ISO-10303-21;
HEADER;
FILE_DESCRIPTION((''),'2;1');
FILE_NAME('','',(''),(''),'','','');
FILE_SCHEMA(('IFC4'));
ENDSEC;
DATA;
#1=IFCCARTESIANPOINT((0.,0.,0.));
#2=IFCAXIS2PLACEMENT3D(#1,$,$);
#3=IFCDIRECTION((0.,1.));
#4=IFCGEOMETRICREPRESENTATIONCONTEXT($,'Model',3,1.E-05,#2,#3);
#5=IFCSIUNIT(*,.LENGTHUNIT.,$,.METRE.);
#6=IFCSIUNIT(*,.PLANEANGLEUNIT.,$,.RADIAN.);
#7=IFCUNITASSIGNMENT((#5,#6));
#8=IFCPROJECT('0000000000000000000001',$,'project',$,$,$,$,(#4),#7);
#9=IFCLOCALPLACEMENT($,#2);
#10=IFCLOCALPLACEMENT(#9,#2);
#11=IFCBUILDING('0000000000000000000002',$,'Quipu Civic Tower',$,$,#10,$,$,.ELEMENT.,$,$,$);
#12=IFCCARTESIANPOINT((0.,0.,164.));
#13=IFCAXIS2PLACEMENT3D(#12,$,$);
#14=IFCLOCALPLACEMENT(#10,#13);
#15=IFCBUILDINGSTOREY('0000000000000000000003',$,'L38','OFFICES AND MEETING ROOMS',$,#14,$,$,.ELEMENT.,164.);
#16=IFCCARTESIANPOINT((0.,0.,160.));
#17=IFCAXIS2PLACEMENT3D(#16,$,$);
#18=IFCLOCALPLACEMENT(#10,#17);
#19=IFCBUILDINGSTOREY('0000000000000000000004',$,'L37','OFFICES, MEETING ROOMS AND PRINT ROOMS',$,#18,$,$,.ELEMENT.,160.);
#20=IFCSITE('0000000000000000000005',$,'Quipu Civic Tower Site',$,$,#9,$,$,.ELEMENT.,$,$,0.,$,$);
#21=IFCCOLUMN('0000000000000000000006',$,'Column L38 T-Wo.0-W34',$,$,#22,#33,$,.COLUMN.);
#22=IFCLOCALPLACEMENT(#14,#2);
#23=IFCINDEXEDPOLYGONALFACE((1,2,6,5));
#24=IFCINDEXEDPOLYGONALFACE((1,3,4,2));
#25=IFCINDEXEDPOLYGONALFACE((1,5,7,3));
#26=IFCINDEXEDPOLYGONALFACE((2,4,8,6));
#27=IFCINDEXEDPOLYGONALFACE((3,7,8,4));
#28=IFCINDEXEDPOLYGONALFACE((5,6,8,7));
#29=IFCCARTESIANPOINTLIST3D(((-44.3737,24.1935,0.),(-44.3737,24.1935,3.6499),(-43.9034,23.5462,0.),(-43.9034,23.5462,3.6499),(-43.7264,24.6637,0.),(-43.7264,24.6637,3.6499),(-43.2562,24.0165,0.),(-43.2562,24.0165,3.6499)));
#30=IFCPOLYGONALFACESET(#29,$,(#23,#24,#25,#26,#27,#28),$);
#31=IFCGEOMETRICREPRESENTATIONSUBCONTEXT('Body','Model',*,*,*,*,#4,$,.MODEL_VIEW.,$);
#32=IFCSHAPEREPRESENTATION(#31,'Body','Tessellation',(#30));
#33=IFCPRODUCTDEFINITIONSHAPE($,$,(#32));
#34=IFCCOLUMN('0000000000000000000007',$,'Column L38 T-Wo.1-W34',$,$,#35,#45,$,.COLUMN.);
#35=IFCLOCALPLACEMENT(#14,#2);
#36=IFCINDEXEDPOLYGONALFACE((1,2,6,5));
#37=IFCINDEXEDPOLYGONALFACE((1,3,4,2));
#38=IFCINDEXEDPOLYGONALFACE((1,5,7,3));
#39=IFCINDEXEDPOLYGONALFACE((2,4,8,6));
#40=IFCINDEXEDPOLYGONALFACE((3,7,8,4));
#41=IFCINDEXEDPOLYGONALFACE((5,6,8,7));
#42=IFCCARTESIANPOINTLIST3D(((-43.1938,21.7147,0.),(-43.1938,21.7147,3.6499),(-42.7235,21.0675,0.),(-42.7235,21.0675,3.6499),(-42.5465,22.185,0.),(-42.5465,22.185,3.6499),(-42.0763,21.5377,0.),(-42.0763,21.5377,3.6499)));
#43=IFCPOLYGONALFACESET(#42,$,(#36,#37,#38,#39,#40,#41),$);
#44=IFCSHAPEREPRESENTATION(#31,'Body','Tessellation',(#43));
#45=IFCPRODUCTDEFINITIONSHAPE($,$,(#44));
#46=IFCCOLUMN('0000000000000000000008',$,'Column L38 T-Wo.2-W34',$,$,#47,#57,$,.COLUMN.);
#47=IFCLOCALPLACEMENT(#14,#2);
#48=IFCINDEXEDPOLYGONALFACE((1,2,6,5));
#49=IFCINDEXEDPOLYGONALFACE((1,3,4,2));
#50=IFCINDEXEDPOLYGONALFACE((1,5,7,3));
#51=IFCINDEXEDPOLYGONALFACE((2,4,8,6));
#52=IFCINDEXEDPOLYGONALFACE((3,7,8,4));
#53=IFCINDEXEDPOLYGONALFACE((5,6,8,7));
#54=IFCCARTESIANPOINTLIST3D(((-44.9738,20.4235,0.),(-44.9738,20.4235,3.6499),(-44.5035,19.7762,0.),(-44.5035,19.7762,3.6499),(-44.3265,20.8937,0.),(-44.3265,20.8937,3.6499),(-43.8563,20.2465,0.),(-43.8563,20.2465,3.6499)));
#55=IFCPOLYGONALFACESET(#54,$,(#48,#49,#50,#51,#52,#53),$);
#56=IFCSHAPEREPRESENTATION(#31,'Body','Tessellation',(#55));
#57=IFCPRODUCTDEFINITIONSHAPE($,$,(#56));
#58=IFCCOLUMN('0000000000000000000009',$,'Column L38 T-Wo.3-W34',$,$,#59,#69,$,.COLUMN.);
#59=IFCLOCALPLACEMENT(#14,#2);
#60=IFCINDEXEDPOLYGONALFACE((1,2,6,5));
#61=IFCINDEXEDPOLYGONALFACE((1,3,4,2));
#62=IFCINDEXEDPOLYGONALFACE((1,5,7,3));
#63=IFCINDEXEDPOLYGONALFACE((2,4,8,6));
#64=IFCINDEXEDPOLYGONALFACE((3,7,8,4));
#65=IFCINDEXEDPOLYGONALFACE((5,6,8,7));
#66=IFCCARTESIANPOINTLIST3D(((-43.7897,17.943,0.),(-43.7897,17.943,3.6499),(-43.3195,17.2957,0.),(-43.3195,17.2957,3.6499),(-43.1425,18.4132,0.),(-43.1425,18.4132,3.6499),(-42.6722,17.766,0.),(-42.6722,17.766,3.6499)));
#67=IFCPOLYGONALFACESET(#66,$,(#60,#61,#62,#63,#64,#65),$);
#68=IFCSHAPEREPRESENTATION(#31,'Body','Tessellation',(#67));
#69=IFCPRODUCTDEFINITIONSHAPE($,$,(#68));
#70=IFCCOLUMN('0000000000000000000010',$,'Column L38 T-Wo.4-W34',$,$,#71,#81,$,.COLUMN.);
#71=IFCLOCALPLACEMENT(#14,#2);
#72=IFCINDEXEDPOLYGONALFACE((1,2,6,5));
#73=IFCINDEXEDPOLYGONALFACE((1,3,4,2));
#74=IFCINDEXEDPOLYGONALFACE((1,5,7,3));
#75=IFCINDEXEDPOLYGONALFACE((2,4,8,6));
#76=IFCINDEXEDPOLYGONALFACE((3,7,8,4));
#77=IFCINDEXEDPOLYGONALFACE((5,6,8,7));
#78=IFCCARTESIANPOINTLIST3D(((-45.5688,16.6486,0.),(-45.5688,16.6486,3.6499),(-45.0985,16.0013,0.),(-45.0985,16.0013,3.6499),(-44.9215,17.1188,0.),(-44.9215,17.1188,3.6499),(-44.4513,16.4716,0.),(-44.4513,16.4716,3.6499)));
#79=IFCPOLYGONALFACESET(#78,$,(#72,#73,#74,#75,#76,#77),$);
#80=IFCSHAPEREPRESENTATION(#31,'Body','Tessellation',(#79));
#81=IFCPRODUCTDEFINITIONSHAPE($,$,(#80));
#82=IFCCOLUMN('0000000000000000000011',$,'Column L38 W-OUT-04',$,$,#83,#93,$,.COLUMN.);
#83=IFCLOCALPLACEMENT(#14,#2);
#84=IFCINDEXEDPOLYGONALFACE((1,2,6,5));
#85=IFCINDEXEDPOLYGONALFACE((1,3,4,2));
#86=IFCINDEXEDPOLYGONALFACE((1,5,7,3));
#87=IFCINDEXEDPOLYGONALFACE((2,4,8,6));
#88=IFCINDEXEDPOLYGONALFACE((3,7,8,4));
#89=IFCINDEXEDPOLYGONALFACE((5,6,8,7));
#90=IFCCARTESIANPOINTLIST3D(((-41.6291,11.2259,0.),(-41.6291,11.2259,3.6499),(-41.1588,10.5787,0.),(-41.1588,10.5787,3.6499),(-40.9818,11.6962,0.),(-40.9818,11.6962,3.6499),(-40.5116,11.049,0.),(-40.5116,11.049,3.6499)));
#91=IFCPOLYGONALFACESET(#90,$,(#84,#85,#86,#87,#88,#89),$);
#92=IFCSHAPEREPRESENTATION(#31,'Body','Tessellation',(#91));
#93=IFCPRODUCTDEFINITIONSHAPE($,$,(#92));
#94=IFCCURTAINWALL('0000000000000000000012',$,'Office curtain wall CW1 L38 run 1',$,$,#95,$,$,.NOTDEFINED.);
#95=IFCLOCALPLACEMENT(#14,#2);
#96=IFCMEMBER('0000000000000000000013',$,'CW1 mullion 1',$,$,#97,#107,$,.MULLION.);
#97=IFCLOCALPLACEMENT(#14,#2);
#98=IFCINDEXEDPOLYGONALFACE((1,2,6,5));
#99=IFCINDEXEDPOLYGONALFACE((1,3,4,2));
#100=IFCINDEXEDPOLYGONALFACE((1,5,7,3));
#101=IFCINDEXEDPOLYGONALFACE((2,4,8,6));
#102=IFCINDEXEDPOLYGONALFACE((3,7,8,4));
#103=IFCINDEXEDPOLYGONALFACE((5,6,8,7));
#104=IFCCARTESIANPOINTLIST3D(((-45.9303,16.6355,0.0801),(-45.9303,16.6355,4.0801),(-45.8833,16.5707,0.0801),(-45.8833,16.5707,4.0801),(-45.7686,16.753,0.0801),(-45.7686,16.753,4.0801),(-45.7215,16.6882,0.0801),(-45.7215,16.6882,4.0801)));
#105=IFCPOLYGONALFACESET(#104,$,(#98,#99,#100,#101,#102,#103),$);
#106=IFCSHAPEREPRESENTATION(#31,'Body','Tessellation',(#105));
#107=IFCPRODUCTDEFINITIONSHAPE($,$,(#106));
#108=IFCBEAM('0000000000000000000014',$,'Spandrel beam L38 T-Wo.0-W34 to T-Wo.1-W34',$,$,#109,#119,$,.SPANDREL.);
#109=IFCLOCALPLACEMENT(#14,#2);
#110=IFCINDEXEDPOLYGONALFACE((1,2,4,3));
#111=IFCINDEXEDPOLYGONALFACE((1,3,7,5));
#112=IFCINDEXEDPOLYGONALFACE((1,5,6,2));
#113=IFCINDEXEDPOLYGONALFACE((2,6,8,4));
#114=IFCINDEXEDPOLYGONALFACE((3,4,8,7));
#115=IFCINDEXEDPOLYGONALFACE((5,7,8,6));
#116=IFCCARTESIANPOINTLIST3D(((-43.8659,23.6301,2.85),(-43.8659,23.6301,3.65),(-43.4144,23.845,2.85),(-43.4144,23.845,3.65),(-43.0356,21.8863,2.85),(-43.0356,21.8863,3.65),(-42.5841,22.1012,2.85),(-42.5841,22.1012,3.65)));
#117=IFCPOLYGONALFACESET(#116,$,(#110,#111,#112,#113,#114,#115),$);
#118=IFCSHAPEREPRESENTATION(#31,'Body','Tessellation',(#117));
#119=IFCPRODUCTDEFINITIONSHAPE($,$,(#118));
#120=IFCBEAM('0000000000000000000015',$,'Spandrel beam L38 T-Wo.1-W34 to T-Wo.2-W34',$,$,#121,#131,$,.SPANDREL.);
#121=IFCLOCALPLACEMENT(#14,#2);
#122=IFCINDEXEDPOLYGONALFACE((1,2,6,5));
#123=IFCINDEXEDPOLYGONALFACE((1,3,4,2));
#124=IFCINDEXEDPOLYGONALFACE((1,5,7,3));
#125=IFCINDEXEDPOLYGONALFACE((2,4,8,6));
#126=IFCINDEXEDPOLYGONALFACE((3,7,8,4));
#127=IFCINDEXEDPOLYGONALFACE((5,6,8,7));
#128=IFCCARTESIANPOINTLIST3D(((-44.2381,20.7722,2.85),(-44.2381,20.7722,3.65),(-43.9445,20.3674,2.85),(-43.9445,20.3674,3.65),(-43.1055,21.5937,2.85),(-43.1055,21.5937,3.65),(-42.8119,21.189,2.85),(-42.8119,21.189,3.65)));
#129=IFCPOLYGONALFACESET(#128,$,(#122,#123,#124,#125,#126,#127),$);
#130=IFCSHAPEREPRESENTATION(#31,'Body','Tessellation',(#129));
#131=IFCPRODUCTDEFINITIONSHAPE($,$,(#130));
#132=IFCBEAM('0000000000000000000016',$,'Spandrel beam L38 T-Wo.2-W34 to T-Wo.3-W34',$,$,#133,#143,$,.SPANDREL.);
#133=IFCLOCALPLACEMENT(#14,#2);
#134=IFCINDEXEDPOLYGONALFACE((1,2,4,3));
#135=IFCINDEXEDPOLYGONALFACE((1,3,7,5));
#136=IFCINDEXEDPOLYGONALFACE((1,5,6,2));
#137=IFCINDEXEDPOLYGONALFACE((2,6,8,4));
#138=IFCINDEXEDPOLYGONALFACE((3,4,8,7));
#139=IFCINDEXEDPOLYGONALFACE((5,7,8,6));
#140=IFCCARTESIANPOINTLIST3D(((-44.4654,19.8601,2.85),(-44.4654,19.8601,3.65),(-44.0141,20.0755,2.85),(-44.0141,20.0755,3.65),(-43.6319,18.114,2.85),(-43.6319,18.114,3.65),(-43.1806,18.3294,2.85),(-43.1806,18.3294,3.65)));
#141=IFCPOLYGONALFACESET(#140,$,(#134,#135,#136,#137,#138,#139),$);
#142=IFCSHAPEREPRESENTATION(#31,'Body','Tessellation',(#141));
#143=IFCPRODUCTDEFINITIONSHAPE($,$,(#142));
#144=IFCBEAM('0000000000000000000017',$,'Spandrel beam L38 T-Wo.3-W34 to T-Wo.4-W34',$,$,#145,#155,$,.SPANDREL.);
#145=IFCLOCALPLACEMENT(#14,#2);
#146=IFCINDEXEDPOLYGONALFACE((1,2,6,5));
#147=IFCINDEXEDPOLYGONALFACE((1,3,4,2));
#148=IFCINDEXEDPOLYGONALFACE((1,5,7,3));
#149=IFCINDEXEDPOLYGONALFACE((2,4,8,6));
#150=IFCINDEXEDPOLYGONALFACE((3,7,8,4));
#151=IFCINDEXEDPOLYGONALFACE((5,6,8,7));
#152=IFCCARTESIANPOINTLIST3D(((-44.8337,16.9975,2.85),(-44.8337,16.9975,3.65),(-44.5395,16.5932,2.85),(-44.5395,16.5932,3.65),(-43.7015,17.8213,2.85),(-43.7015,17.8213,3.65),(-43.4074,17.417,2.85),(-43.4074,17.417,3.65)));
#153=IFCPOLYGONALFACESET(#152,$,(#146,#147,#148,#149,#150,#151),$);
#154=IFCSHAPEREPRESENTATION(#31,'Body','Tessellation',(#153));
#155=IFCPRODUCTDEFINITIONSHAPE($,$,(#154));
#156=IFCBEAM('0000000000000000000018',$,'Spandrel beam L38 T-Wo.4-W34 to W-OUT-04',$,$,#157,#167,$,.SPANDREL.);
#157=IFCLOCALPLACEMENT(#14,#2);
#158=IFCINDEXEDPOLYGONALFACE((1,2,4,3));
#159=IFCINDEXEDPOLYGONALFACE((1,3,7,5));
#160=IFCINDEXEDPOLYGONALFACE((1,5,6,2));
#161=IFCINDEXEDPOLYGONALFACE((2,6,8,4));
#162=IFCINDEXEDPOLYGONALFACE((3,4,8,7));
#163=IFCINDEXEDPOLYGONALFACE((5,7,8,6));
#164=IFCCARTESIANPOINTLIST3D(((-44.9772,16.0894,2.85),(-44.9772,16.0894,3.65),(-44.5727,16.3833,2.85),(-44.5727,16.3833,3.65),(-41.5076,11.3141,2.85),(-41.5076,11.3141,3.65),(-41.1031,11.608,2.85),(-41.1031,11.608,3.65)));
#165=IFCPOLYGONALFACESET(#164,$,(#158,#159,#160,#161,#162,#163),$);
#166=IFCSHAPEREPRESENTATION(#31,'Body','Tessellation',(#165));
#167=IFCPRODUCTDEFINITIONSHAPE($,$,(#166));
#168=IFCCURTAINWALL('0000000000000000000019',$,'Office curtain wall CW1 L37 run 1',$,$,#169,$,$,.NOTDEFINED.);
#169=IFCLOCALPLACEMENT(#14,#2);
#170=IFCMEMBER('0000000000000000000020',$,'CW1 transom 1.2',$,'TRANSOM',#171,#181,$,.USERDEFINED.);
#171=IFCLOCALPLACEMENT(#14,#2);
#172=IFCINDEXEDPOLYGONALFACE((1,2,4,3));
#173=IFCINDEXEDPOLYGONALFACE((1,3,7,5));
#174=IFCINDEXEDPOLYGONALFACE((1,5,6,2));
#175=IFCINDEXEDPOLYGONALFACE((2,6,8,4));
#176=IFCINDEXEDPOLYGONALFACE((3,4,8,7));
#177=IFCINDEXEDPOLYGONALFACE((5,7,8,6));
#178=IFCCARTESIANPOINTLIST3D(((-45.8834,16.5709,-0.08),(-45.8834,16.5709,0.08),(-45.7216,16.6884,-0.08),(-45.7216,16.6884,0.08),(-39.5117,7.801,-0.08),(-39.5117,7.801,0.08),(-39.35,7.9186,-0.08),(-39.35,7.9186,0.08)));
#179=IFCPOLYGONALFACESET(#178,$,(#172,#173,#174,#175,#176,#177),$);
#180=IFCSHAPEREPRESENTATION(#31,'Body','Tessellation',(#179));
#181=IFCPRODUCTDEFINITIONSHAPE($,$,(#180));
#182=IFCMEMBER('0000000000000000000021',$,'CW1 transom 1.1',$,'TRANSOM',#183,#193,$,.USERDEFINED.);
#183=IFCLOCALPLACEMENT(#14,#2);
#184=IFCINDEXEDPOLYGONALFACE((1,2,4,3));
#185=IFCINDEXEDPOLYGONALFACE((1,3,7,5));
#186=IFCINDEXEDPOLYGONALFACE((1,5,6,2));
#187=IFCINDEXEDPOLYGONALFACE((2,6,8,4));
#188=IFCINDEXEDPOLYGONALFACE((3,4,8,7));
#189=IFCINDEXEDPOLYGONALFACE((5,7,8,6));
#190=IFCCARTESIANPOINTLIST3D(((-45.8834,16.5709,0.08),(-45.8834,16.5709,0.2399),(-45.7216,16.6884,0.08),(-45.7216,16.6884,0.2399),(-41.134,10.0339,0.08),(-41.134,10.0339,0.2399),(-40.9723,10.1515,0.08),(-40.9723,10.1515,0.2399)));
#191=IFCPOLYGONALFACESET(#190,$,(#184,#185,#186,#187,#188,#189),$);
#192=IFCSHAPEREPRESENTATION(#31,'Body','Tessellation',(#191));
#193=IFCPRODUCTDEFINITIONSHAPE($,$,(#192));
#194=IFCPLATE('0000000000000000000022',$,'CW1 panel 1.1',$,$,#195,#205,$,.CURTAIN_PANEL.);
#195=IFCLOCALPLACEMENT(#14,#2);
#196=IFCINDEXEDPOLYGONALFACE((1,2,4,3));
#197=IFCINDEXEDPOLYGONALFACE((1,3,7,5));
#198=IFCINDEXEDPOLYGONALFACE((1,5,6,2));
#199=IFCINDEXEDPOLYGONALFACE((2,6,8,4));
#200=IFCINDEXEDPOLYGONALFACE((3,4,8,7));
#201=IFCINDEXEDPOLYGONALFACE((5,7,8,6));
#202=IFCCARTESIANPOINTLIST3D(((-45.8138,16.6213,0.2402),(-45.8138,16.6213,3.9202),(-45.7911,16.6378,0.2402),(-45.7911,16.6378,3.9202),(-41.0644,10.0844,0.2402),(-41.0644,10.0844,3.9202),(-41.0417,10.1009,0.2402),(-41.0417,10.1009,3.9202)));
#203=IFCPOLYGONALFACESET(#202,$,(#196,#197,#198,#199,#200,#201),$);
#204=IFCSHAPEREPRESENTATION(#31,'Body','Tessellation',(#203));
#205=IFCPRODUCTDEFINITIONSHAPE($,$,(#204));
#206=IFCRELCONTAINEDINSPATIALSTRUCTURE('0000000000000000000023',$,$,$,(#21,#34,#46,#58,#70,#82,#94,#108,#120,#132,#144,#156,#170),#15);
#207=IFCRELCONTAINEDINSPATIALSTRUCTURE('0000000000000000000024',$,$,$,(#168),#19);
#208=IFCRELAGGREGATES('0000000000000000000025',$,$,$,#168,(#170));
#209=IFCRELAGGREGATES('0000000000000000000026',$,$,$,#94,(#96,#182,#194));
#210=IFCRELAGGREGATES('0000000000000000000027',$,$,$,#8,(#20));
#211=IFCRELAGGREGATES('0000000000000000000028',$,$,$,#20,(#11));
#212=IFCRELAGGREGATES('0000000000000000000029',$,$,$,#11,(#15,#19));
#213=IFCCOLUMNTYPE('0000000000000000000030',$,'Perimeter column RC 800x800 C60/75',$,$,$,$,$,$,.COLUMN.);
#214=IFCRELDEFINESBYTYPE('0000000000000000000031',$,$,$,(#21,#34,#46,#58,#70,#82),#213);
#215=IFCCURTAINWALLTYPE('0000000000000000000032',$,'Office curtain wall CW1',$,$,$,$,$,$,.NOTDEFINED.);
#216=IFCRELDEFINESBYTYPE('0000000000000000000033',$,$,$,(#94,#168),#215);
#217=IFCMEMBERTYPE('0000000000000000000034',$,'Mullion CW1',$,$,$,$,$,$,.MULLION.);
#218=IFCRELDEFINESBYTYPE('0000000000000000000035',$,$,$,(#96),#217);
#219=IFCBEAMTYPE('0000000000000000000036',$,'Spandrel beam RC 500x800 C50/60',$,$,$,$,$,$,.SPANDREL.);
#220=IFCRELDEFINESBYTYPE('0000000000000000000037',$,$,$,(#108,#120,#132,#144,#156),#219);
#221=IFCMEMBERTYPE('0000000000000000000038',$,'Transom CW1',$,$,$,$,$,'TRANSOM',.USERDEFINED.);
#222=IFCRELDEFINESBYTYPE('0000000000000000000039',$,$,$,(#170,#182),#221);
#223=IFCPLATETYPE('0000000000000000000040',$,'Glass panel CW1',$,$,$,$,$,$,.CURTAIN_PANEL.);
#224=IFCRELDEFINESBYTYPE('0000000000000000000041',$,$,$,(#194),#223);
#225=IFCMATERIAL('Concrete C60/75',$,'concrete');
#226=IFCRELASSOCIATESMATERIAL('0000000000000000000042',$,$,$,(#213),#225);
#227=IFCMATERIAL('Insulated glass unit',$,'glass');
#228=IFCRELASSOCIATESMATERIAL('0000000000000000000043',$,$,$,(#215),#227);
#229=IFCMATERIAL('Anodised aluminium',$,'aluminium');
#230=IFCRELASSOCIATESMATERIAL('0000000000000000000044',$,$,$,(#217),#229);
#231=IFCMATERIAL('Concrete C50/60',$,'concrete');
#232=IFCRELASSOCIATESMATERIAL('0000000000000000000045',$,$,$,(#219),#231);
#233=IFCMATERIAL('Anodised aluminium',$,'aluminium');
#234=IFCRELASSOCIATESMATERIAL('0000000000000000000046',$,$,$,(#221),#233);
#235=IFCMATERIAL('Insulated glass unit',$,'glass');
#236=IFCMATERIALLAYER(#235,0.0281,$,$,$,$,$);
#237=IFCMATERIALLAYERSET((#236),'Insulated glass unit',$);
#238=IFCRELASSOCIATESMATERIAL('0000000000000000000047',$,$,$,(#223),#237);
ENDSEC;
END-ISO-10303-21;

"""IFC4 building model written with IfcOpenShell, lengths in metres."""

from ifc_helpers import new_model, si_unit, direction, frame, origin, origin_2d, place, context, subcontext, project, spatial, rectangle, extrude, material, layer, layer_set, material_profile, profile_set, type_object, element, aggregate, save


model = new_model("IFC4")

# Units and contexts
model_context = context("Model", 3, precision=1e-05, world=origin(), true_north=direction((0.0, 1.0)))
body_context = subcontext(model_context, "Body", "Model", "MODEL_VIEW")
ifc_project = project(units=[si_unit("LENGTHUNIT", "METRE"), si_unit("PLANEANGLEUNIT", "RADIAN")], contexts=[model_context])

# Site, building, storey
site_placement = place(None, origin())
site = spatial("IfcSite", under=ifc_project, at=site_placement, Name="Quipu Civic Tower Site", CompositionType="ELEMENT", RefElevation=0.0)
building_placement = place(site_placement, origin())
building = spatial("IfcBuilding", under=site, at=building_placement, Name="Quipu Civic Tower", CompositionType="ELEMENT")
storey_1_placement = place(building_placement, frame((0.0, 0.0, 164.0)))
storey_1 = spatial("IfcBuildingStorey", under=building, at=storey_1_placement, Name="L38", Description="OFFICES AND MEETING ROOMS", CompositionType="ELEMENT", Elevation=164.0)

# Columns
ifc_material_1 = material(Name="Concrete C60/75", Category="concrete")
ifc_material_profile_1 = material_profile(ifc_material_1, rectangle(XDim=0.8, YDim=0.8, at=origin_2d()), Name="RC800x800")
ifc_profile_set_1 = profile_set([ifc_material_profile_1], Name="Concrete C60/75")
column_type = type_object("IfcColumnType", Name="Perimeter column RC 800x800 C60/75", PredefinedType="COLUMN", material=ifc_profile_set_1)
for number, where, z_axis, x_axis, name in (
    (1, (-43.8149, 24.105, 0.0), (0.0, 0.0, 1.0), (-0.809017, -0.587785, 0.0), "Column L38 T-Wo.0-W34"),
    (2, (-42.635, 21.6262, 0.0), (0.0, 0.0, 1.0), (-0.809017, -0.587785, 0.0), "Column L38 T-Wo.1-W34"),
    (3, (-44.415, 20.335, 0.0), (0.0, 0.0, 1.0), (0.587785, -0.809017, 0.0), "Column L38 T-Wo.2-W34"),
    (4, (-43.231, 17.8545, 0.0), (0.0, 0.0, 1.0), (0.587785, -0.809017, 0.0), "Column L38 T-Wo.3-W34"),
    (5, (-45.01, 16.5601, 0.0), (0.0, 0.0, 1.0), (0.587785, -0.809017, 0.0), "Column L38 T-Wo.4-W34"),
    (6, (-41.0703, 11.1375, 0.0), (0.0, 0.0, 1.0), (0.587785, -0.809017, 0.0), "Column L38 W-OUT-04"),
):
    element("IfcColumn", number, at=place(storey_1_placement, frame(where, z_axis=z_axis, x_axis=x_axis)), inside=storey_1, type_object=column_type, Name=name, PredefinedType="COLUMN", context=body_context, shape_type="SweptSolid", body=[
        extrude(rectangle(XDim=0.8, YDim=0.8, at=origin_2d()), origin(), (0.0, 0.0, 1.0), 3.6499),
    ])

# Curtain wall, member
ifc_material_2 = material(Name="Insulated glass unit", Category="glass")
curtain_wall_type = type_object("IfcCurtainWallType", Name="Office curtain wall CW1", PredefinedType="NOTDEFINED", material=ifc_material_2)
curtain_wall_1_placement = place(storey_1_placement, origin())
curtain_wall_1 = element("IfcCurtainWall", 7, at=curtain_wall_1_placement, inside=storey_1, type_object=curtain_wall_type, Name="Office curtain wall CW1 L38 run 1", PredefinedType="NOTDEFINED")
ifc_material_3 = material(Name="Anodised aluminium", Category="aluminium")
ifc_material_profile_2 = material_profile(ifc_material_3, rectangle(XDim=0.2, YDim=0.0801, at=origin_2d()), Name="RECT 200x80")
ifc_profile_set_2 = profile_set([ifc_material_profile_2], Name="Anodised aluminium")
member_type_1 = type_object("IfcMemberType", Name="Mullion CW1", PredefinedType="MULLION", material=ifc_profile_set_2)
member_1_placement = place(storey_1_placement, frame((-45.8259, 16.6619, 0.0801), z_axis=(0.0, 0.0, 1.0), x_axis=(0.809015, 0.587788, 0.0)))
member_1 = element("IfcMember", 8, at=member_1_placement, type_object=member_type_1, Name="CW1 mullion 1", PredefinedType="MULLION", context=body_context, shape_type="SweptSolid", body=[
    extrude(rectangle(XDim=0.2, YDim=0.0801, at=origin_2d()), origin(), (0.0, 0.0, 1.0), 4.0),
])

# Beams
ifc_material_4 = material(Name="Concrete C50/60", Category="concrete")
ifc_material_profile_3 = material_profile(ifc_material_4, rectangle(XDim=0.5, YDim=0.8, at=origin_2d()), Name="RC500x800")
ifc_profile_set_3 = profile_set([ifc_material_profile_3], Name="Concrete C50/60")
beam_type = type_object("IfcBeamType", Name="Spandrel beam RC 500x800 C50/60", PredefinedType="SPANDREL", material=ifc_profile_set_3)
beam_1_placement = place(storey_1_placement, frame((-43.6401, 23.7375, 3.25), z_axis=(0.429889, -0.902882, 0.0), x_axis=(0.902882, 0.429889, 0.0)))
element("IfcBeam", 9, at=beam_1_placement, inside=storey_1, type_object=beam_type, Name="Spandrel beam L38 T-Wo.0-W34 to T-Wo.1-W34", PredefinedType="SPANDREL", context=body_context, shape_type="SweptSolid", body=[
    extrude(rectangle(XDim=0.5, YDim=0.8, at=origin_2d()), origin(), (0.0, 0.0, 1.0), 1.9314),
])
beam_2_placement = place(storey_1_placement, frame((-42.9587, 21.3914, 3.25), z_axis=(-0.809467, -0.587165, 0.0), x_axis=(0.587165, -0.809467, 0.0)))
element("IfcBeam", 10, at=beam_2_placement, inside=storey_1, type_object=beam_type, Name="Spandrel beam L38 T-Wo.1-W34 to T-Wo.2-W34", PredefinedType="SPANDREL", context=body_context, shape_type="SweptSolid", body=[
    extrude(rectangle(XDim=0.5, YDim=0.8, at=origin_2d()), origin(), (0.0, 0.0, 1.0), 1.3992),
])
beam_3_placement = place(storey_1_placement, frame((-44.2397, 19.9678, 3.25), z_axis=(0.430786, -0.902454, 0.0), x_axis=(0.902454, 0.430786, 0.0)))
element("IfcBeam", 11, at=beam_3_placement, inside=storey_1, type_object=beam_type, Name="Spandrel beam L38 T-Wo.2-W34 to T-Wo.3-W34", PredefinedType="SPANDREL", context=body_context, shape_type="SweptSolid", body=[
    extrude(rectangle(XDim=0.5, YDim=0.8, at=origin_2d()), origin(), (0.0, 0.0, 1.0), 1.9348),
])
beam_4_placement = place(storey_1_placement, frame((-43.5544, 17.6191, 3.25), z_axis=(-0.8086, -0.588358, 0.0), x_axis=(0.588358, -0.8086, 0.0)))
element("IfcBeam", 12, at=beam_4_placement, inside=storey_1, type_object=beam_type, Name="Spandrel beam L38 T-Wo.3-W34 to T-Wo.4-W34", PredefinedType="SPANDREL", context=body_context, shape_type="SweptSolid", body=[
    extrude(rectangle(XDim=0.5, YDim=0.8, at=origin_2d()), origin(), (0.0, 0.0, 1.0), 1.4001),
])
beam_5_placement = place(storey_1_placement, frame((-44.7749, 16.2363, 3.25), z_axis=(0.5878, -0.809006, 0.0), x_axis=(0.809006, 0.5878, 0.0)))
element("IfcBeam", 13, at=beam_5_placement, inside=storey_1, type_object=beam_type, Name="Spandrel beam L38 T-Wo.4-W34 to W-OUT-04", PredefinedType="SPANDREL", context=body_context, shape_type="SweptSolid", body=[
    extrude(rectangle(XDim=0.5, YDim=0.8, at=origin_2d()), origin(), (0.0, 0.0, 1.0), 5.9026),
])

# Shared definitions
storey_2_placement = place(building_placement, frame((0.0, 0.0, 160.0)))
storey_2 = spatial("IfcBuildingStorey", under=building, at=storey_2_placement, Name="L37", Description="OFFICES, MEETING ROOMS AND PRINT ROOMS", CompositionType="ELEMENT", Elevation=160.0)

# Curtain wall, member
curtain_wall_2_placement = place(storey_2_placement, origin())
curtain_wall_2 = element("IfcCurtainWall", 14, at=curtain_wall_2_placement, inside=storey_2, type_object=curtain_wall_type, Name="Office curtain wall CW1 L37 run 1", PredefinedType="NOTDEFINED")
ifc_material_5 = material(Name="Anodised aluminium", Category="aluminium")
ifc_material_profile_4 = material_profile(ifc_material_5, rectangle(XDim=0.2, YDim=0.1599, at=origin_2d()), Name="RECT 200x160")
ifc_profile_set_4 = profile_set([ifc_material_profile_4], Name="Anodised aluminium")
member_type_2 = type_object("IfcMemberType", Name="Transom CW1", ElementType="TRANSOM", PredefinedType="USERDEFINED", material=ifc_profile_set_4)
member_2_placement = place(storey_1_placement, frame((-45.8025, 16.6296, 0.0), z_axis=(0.587783, -0.809018, 0.0), x_axis=(0.809018, 0.587783, 0.0)))
member_2 = element("IfcMember", 15, at=member_2_placement, inside=storey_1, type_object=member_type_2, Name="CW1 transom 1.2", ObjectType="TRANSOM", PredefinedType="USERDEFINED", context=body_context, shape_type="SweptSolid", body=[
    extrude(rectangle(XDim=0.2, YDim=0.1599, at=origin_2d()), origin(), (0.0, 0.0, 1.0), 10.8401),
])
aggregate(curtain_wall_2, [member_2])

# Member
member_3_placement = place(storey_1_placement, frame((-45.8025, 16.6296, 0.1599), z_axis=(0.587782, -0.80902, 0.0), x_axis=(0.80902, 0.587782, 0.0)))
member_3 = element("IfcMember", 16, at=member_3_placement, type_object=member_type_2, Name="CW1 transom 1.1", ObjectType="TRANSOM", PredefinedType="USERDEFINED", context=body_context, shape_type="SweptSolid", body=[
    extrude(rectangle(XDim=0.2, YDim=0.1599, at=origin_2d()), origin(), (0.0, 0.0, 1.0), 8.0801),
])

# Plate
ifc_material_6 = material(Name="Insulated glass unit", Category="glass")
ifc_layer_1 = layer(ifc_material_6, 0.0281)
ifc_layer_set_1 = layer_set([ifc_layer_1], Name="Insulated glass unit")
plate_type_1 = type_object("IfcPlateType", Name="Glass panel CW1", PredefinedType="CURTAIN_PANEL", material=ifc_layer_set_1)
plate_placement = place(storey_1_placement, frame((-43.4277, 13.3611, 0.2402), z_axis=(0.0, 0.0, 1.0), x_axis=(0.587788, -0.809015, 0.0)))
plate = element("IfcPlate", 17, at=plate_placement, type_object=plate_type_1, Name="CW1 panel 1.1", PredefinedType="CURTAIN_PANEL", context=body_context, shape_type="SweptSolid", body=[
    extrude(rectangle(XDim=8.0801, YDim=0.0281, at=origin_2d()), origin(), (0.0, 0.0, 1.0), 3.6799),
])
aggregate(curtain_wall_1, [member_1, member_3, plate])

save(model, "model.ifc")
